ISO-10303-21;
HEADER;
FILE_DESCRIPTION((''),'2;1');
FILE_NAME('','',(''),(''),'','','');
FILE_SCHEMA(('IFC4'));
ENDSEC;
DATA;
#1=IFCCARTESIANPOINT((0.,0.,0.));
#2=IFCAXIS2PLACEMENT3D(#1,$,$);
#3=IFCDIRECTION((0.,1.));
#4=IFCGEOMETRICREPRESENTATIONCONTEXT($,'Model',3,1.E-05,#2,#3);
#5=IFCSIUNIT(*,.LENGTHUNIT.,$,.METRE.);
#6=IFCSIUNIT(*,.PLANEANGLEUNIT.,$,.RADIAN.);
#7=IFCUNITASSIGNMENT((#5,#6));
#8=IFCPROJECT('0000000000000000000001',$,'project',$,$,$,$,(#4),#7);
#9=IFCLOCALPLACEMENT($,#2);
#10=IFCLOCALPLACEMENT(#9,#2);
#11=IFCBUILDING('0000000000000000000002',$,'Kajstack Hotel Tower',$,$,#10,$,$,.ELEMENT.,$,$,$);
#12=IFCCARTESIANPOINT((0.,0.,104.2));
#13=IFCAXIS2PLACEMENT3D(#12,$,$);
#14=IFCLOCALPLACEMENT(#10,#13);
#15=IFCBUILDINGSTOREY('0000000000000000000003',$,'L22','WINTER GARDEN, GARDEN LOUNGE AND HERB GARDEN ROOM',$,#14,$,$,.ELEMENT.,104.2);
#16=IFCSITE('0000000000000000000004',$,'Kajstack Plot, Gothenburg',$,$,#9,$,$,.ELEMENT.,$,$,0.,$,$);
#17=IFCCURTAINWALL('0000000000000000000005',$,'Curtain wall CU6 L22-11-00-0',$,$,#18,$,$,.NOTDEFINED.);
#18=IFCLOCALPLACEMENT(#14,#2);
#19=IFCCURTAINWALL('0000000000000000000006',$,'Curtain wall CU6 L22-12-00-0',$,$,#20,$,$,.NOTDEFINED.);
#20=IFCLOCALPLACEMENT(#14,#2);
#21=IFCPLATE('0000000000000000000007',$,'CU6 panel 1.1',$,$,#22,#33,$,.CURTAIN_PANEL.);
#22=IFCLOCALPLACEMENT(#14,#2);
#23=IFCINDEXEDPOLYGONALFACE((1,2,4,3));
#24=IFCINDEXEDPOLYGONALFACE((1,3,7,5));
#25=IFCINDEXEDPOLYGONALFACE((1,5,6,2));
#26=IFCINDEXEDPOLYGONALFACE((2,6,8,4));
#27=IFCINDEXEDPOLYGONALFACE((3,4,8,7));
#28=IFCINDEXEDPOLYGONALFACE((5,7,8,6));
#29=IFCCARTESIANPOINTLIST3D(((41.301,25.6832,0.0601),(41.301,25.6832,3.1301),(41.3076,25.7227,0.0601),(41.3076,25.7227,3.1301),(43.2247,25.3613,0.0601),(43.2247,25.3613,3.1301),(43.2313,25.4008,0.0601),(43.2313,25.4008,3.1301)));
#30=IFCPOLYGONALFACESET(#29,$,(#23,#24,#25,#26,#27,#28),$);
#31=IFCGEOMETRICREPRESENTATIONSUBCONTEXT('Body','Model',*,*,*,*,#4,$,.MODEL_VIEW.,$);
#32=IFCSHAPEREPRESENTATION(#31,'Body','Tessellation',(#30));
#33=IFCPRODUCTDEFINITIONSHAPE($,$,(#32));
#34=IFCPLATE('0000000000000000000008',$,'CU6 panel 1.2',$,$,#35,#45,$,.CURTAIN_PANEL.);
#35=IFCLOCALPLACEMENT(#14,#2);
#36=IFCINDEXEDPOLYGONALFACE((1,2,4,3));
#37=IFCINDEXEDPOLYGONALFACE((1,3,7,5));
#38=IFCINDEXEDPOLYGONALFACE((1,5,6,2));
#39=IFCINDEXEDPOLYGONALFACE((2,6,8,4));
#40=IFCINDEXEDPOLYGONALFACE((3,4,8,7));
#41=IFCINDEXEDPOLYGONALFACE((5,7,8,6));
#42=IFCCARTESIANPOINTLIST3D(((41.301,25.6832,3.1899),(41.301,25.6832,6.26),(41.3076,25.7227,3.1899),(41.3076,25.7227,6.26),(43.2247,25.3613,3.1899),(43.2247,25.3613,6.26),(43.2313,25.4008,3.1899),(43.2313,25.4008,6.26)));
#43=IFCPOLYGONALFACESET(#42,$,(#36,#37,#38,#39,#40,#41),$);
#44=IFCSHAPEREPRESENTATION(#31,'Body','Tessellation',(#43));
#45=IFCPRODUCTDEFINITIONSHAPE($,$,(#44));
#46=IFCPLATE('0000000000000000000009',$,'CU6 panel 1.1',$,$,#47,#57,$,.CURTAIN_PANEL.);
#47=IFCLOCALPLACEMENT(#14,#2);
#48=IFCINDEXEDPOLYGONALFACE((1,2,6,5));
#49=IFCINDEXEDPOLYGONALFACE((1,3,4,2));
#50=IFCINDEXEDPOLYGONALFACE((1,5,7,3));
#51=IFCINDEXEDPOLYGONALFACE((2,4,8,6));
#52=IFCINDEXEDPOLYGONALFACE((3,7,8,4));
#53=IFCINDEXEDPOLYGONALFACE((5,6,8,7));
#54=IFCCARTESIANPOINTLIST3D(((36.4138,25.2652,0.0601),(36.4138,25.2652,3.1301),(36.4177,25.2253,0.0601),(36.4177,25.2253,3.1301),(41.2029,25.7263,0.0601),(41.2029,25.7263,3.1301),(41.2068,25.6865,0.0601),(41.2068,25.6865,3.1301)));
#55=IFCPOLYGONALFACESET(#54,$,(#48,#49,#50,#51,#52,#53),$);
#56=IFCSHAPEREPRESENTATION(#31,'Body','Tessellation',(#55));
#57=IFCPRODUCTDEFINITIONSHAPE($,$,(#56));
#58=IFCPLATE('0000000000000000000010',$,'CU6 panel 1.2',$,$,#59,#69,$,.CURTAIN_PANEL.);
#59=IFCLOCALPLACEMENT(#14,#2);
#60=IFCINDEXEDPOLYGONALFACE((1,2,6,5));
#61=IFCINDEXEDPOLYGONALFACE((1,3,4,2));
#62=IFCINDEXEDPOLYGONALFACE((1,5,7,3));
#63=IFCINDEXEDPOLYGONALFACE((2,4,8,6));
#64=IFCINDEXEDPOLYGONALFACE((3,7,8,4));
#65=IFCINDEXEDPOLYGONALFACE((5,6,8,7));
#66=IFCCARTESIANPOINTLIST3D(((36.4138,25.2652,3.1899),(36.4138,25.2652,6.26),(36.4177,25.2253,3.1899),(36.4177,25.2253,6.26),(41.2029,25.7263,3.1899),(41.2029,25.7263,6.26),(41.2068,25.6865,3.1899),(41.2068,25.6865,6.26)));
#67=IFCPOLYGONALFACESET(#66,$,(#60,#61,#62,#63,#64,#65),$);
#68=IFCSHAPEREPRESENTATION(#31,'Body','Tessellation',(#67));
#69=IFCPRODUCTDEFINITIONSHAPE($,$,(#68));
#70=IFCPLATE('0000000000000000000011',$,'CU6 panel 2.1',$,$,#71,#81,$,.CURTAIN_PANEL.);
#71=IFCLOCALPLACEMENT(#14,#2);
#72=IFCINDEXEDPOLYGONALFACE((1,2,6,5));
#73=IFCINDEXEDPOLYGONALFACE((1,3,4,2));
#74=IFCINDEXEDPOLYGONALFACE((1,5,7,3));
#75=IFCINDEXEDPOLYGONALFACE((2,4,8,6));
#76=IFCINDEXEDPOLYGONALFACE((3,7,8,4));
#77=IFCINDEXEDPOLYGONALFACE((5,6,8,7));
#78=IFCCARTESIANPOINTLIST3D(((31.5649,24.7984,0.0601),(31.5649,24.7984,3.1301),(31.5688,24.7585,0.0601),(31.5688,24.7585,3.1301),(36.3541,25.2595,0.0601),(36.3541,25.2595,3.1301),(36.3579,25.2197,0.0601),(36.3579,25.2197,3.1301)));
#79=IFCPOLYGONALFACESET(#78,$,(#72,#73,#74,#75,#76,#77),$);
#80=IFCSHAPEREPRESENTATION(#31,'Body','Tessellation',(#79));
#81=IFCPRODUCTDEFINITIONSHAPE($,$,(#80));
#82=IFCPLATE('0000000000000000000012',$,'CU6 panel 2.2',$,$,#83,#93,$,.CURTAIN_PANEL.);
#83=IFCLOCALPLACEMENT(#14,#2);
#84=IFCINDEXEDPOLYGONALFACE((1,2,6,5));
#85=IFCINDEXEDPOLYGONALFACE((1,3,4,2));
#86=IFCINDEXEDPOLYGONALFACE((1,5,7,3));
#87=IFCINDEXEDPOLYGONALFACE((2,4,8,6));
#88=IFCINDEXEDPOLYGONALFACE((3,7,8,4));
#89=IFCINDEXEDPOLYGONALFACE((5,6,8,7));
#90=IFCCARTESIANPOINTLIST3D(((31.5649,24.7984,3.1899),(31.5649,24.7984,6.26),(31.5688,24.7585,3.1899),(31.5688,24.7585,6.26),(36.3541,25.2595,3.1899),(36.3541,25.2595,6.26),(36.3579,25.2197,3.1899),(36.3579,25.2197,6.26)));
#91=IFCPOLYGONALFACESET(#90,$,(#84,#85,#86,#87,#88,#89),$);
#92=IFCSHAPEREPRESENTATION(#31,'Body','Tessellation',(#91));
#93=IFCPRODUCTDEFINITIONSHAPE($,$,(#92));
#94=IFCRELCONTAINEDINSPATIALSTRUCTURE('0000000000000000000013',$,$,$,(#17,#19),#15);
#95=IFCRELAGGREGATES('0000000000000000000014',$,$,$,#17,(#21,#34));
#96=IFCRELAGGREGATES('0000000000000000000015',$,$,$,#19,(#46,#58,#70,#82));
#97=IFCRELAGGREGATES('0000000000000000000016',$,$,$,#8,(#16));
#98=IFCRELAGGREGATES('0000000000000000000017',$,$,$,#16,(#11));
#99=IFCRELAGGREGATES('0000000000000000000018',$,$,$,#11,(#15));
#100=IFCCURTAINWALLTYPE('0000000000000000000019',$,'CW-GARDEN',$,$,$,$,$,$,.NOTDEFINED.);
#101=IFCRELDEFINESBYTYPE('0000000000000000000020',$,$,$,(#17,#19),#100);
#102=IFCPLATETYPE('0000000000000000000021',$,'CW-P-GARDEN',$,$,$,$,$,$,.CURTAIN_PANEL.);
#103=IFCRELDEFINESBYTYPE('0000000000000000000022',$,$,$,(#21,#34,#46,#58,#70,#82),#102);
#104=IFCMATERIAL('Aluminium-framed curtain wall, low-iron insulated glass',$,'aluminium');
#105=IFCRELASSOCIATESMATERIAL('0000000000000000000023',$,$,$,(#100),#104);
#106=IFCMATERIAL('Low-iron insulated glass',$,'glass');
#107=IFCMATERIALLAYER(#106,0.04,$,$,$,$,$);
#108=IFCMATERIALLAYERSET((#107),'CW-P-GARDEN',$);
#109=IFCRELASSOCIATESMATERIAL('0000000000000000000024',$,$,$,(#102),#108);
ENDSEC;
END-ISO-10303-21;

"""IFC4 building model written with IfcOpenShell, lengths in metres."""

from ifc_helpers import new_model, si_unit, direction, frame, origin, origin_2d, place, context, subcontext, project, spatial, rectangle, extrude, material, layer, layer_set, type_object, element, aggregate, save


model = new_model("IFC4")

# Units and contexts
model_context = context("Model", 3, precision=1e-05, world=origin(), true_north=direction((0.0, 1.0)))
body_context = subcontext(model_context, "Body", "Model", "MODEL_VIEW")
ifc_project = project(units=[si_unit("LENGTHUNIT", "METRE"), si_unit("PLANEANGLEUNIT", "RADIAN")], contexts=[model_context])

# Site, building, storey
site_placement = place(None, origin())
site = spatial("IfcSite", under=ifc_project, at=site_placement, Name="Kajstack Plot, Gothenburg", CompositionType="ELEMENT", RefElevation=0.0)
building_placement = place(site_placement, origin())
building = spatial("IfcBuilding", under=site, at=building_placement, Name="Kajstack Hotel Tower", CompositionType="ELEMENT")
storey_placement = place(building_placement, frame((0.0, 0.0, 104.2)))
storey = spatial("IfcBuildingStorey", under=building, at=storey_placement, Name="L22", Description="WINTER GARDEN, GARDEN LOUNGE AND HERB GARDEN ROOM", CompositionType="ELEMENT", Elevation=104.2)

# Shared definitions
ifc_material_1 = material(Name="Aluminium-framed curtain wall, low-iron insulated glass", Category="aluminium")
curtain_wall_type = type_object("IfcCurtainWallType", Name="CW-GARDEN", PredefinedType="NOTDEFINED", material=ifc_material_1)

# Curtain walls
curtain_wall_1_placement = place(storey_placement, origin())
curtain_wall_1 = element("IfcCurtainWall", 1, at=curtain_wall_1_placement, inside=storey, type_object=curtain_wall_type, Name="Curtain wall CU6 L22-11-00-0", PredefinedType="NOTDEFINED")
curtain_wall_2_placement = place(storey_placement, origin())
curtain_wall_2 = element("IfcCurtainWall", 2, at=curtain_wall_2_placement, inside=storey, type_object=curtain_wall_type, Name="Curtain wall CU6 L22-12-00-0", PredefinedType="NOTDEFINED")

# Plates
ifc_material_2 = material(Name="Low-iron insulated glass", Category="glass")
ifc_layer = layer(ifc_material_2, 0.04)
ifc_layer_set = layer_set([ifc_layer], Name="CW-P-GARDEN")
plate_type = type_object("IfcPlateType", Name="CW-P-GARDEN", PredefinedType="CURTAIN_PANEL", material=ifc_layer_set)
plate_1_placement = place(storey_placement, frame((42.2661, 25.542, 0.0601), z_axis=(0.0, 0.0, 1.0), x_axis=(-0.986288, 0.165033, 0.0)))
plate_1 = element("IfcPlate", 3, at=plate_1_placement, type_object=plate_type, Name="CU6 panel 1.1", PredefinedType="CURTAIN_PANEL", context=body_context, shape_type="SweptSolid", body=[
    extrude(rectangle(XDim=1.9504, YDim=0.04, at=origin_2d()), origin(), (0.0, 0.0, 1.0), 3.0701),
])
plate_2_placement = place(storey_placement, frame((42.2661, 25.542, 3.1899), z_axis=(0.0, 0.0, 1.0), x_axis=(-0.986288, 0.165033, 0.0)))
plate_2 = element("IfcPlate", 4, at=plate_2_placement, type_object=plate_type, Name="CU6 panel 1.2", PredefinedType="CURTAIN_PANEL", context=body_context, shape_type="SweptSolid", body=[
    extrude(rectangle(XDim=1.9504, YDim=0.04, at=origin_2d()), origin(), (0.0, 0.0, 1.0), 3.0701),
])
aggregate(curtain_wall_1, [plate_1, plate_2])
plate_3_placement = place(storey_placement, frame((38.8103, 25.4758, 0.0601), z_axis=(0.0, 0.0, 1.0), x_axis=(-0.995396, -0.095845, 0.0)))
plate_3 = element("IfcPlate", 5, at=plate_3_placement, type_object=plate_type, Name="CU6 panel 1.1", PredefinedType="CURTAIN_PANEL", context=body_context, shape_type="SweptSolid", body=[
    extrude(rectangle(XDim=4.8113, YDim=0.04, at=origin_2d()), origin(), (0.0, 0.0, 1.0), 3.0701),
])
plate_4_placement = place(storey_placement, frame((38.8103, 25.4758, 3.1899), z_axis=(0.0, 0.0, 1.0), x_axis=(-0.995396, -0.095845, 0.0)))
plate_4 = element("IfcPlate", 6, at=plate_4_placement, type_object=plate_type, Name="CU6 panel 1.2", PredefinedType="CURTAIN_PANEL", context=body_context, shape_type="SweptSolid", body=[
    extrude(rectangle(XDim=4.8113, YDim=0.04, at=origin_2d()), origin(), (0.0, 0.0, 1.0), 3.0701),
])
plate_5_placement = place(storey_placement, frame((33.9614, 25.009, 0.0601), z_axis=(0.0, 0.0, 1.0), x_axis=(-0.995396, -0.095845, 0.0)))
plate_5 = element("IfcPlate", 7, at=plate_5_placement, type_object=plate_type, Name="CU6 panel 2.1", PredefinedType="CURTAIN_PANEL", context=body_context, shape_type="SweptSolid", body=[
    extrude(rectangle(XDim=4.8113, YDim=0.04, at=origin_2d()), origin(), (0.0, 0.0, 1.0), 3.0701),
])
plate_6_placement = place(storey_placement, frame((33.9614, 25.009, 3.1899), z_axis=(0.0, 0.0, 1.0), x_axis=(-0.995396, -0.095845, 0.0)))
plate_6 = element("IfcPlate", 8, at=plate_6_placement, type_object=plate_type, Name="CU6 panel 2.2", PredefinedType="CURTAIN_PANEL", context=body_context, shape_type="SweptSolid", body=[
    extrude(rectangle(XDim=4.8113, YDim=0.04, at=origin_2d()), origin(), (0.0, 0.0, 1.0), 3.0701),
])
aggregate(curtain_wall_2, [plate_3, plate_4, plate_5, plate_6])

save(model, "model.ifc")
